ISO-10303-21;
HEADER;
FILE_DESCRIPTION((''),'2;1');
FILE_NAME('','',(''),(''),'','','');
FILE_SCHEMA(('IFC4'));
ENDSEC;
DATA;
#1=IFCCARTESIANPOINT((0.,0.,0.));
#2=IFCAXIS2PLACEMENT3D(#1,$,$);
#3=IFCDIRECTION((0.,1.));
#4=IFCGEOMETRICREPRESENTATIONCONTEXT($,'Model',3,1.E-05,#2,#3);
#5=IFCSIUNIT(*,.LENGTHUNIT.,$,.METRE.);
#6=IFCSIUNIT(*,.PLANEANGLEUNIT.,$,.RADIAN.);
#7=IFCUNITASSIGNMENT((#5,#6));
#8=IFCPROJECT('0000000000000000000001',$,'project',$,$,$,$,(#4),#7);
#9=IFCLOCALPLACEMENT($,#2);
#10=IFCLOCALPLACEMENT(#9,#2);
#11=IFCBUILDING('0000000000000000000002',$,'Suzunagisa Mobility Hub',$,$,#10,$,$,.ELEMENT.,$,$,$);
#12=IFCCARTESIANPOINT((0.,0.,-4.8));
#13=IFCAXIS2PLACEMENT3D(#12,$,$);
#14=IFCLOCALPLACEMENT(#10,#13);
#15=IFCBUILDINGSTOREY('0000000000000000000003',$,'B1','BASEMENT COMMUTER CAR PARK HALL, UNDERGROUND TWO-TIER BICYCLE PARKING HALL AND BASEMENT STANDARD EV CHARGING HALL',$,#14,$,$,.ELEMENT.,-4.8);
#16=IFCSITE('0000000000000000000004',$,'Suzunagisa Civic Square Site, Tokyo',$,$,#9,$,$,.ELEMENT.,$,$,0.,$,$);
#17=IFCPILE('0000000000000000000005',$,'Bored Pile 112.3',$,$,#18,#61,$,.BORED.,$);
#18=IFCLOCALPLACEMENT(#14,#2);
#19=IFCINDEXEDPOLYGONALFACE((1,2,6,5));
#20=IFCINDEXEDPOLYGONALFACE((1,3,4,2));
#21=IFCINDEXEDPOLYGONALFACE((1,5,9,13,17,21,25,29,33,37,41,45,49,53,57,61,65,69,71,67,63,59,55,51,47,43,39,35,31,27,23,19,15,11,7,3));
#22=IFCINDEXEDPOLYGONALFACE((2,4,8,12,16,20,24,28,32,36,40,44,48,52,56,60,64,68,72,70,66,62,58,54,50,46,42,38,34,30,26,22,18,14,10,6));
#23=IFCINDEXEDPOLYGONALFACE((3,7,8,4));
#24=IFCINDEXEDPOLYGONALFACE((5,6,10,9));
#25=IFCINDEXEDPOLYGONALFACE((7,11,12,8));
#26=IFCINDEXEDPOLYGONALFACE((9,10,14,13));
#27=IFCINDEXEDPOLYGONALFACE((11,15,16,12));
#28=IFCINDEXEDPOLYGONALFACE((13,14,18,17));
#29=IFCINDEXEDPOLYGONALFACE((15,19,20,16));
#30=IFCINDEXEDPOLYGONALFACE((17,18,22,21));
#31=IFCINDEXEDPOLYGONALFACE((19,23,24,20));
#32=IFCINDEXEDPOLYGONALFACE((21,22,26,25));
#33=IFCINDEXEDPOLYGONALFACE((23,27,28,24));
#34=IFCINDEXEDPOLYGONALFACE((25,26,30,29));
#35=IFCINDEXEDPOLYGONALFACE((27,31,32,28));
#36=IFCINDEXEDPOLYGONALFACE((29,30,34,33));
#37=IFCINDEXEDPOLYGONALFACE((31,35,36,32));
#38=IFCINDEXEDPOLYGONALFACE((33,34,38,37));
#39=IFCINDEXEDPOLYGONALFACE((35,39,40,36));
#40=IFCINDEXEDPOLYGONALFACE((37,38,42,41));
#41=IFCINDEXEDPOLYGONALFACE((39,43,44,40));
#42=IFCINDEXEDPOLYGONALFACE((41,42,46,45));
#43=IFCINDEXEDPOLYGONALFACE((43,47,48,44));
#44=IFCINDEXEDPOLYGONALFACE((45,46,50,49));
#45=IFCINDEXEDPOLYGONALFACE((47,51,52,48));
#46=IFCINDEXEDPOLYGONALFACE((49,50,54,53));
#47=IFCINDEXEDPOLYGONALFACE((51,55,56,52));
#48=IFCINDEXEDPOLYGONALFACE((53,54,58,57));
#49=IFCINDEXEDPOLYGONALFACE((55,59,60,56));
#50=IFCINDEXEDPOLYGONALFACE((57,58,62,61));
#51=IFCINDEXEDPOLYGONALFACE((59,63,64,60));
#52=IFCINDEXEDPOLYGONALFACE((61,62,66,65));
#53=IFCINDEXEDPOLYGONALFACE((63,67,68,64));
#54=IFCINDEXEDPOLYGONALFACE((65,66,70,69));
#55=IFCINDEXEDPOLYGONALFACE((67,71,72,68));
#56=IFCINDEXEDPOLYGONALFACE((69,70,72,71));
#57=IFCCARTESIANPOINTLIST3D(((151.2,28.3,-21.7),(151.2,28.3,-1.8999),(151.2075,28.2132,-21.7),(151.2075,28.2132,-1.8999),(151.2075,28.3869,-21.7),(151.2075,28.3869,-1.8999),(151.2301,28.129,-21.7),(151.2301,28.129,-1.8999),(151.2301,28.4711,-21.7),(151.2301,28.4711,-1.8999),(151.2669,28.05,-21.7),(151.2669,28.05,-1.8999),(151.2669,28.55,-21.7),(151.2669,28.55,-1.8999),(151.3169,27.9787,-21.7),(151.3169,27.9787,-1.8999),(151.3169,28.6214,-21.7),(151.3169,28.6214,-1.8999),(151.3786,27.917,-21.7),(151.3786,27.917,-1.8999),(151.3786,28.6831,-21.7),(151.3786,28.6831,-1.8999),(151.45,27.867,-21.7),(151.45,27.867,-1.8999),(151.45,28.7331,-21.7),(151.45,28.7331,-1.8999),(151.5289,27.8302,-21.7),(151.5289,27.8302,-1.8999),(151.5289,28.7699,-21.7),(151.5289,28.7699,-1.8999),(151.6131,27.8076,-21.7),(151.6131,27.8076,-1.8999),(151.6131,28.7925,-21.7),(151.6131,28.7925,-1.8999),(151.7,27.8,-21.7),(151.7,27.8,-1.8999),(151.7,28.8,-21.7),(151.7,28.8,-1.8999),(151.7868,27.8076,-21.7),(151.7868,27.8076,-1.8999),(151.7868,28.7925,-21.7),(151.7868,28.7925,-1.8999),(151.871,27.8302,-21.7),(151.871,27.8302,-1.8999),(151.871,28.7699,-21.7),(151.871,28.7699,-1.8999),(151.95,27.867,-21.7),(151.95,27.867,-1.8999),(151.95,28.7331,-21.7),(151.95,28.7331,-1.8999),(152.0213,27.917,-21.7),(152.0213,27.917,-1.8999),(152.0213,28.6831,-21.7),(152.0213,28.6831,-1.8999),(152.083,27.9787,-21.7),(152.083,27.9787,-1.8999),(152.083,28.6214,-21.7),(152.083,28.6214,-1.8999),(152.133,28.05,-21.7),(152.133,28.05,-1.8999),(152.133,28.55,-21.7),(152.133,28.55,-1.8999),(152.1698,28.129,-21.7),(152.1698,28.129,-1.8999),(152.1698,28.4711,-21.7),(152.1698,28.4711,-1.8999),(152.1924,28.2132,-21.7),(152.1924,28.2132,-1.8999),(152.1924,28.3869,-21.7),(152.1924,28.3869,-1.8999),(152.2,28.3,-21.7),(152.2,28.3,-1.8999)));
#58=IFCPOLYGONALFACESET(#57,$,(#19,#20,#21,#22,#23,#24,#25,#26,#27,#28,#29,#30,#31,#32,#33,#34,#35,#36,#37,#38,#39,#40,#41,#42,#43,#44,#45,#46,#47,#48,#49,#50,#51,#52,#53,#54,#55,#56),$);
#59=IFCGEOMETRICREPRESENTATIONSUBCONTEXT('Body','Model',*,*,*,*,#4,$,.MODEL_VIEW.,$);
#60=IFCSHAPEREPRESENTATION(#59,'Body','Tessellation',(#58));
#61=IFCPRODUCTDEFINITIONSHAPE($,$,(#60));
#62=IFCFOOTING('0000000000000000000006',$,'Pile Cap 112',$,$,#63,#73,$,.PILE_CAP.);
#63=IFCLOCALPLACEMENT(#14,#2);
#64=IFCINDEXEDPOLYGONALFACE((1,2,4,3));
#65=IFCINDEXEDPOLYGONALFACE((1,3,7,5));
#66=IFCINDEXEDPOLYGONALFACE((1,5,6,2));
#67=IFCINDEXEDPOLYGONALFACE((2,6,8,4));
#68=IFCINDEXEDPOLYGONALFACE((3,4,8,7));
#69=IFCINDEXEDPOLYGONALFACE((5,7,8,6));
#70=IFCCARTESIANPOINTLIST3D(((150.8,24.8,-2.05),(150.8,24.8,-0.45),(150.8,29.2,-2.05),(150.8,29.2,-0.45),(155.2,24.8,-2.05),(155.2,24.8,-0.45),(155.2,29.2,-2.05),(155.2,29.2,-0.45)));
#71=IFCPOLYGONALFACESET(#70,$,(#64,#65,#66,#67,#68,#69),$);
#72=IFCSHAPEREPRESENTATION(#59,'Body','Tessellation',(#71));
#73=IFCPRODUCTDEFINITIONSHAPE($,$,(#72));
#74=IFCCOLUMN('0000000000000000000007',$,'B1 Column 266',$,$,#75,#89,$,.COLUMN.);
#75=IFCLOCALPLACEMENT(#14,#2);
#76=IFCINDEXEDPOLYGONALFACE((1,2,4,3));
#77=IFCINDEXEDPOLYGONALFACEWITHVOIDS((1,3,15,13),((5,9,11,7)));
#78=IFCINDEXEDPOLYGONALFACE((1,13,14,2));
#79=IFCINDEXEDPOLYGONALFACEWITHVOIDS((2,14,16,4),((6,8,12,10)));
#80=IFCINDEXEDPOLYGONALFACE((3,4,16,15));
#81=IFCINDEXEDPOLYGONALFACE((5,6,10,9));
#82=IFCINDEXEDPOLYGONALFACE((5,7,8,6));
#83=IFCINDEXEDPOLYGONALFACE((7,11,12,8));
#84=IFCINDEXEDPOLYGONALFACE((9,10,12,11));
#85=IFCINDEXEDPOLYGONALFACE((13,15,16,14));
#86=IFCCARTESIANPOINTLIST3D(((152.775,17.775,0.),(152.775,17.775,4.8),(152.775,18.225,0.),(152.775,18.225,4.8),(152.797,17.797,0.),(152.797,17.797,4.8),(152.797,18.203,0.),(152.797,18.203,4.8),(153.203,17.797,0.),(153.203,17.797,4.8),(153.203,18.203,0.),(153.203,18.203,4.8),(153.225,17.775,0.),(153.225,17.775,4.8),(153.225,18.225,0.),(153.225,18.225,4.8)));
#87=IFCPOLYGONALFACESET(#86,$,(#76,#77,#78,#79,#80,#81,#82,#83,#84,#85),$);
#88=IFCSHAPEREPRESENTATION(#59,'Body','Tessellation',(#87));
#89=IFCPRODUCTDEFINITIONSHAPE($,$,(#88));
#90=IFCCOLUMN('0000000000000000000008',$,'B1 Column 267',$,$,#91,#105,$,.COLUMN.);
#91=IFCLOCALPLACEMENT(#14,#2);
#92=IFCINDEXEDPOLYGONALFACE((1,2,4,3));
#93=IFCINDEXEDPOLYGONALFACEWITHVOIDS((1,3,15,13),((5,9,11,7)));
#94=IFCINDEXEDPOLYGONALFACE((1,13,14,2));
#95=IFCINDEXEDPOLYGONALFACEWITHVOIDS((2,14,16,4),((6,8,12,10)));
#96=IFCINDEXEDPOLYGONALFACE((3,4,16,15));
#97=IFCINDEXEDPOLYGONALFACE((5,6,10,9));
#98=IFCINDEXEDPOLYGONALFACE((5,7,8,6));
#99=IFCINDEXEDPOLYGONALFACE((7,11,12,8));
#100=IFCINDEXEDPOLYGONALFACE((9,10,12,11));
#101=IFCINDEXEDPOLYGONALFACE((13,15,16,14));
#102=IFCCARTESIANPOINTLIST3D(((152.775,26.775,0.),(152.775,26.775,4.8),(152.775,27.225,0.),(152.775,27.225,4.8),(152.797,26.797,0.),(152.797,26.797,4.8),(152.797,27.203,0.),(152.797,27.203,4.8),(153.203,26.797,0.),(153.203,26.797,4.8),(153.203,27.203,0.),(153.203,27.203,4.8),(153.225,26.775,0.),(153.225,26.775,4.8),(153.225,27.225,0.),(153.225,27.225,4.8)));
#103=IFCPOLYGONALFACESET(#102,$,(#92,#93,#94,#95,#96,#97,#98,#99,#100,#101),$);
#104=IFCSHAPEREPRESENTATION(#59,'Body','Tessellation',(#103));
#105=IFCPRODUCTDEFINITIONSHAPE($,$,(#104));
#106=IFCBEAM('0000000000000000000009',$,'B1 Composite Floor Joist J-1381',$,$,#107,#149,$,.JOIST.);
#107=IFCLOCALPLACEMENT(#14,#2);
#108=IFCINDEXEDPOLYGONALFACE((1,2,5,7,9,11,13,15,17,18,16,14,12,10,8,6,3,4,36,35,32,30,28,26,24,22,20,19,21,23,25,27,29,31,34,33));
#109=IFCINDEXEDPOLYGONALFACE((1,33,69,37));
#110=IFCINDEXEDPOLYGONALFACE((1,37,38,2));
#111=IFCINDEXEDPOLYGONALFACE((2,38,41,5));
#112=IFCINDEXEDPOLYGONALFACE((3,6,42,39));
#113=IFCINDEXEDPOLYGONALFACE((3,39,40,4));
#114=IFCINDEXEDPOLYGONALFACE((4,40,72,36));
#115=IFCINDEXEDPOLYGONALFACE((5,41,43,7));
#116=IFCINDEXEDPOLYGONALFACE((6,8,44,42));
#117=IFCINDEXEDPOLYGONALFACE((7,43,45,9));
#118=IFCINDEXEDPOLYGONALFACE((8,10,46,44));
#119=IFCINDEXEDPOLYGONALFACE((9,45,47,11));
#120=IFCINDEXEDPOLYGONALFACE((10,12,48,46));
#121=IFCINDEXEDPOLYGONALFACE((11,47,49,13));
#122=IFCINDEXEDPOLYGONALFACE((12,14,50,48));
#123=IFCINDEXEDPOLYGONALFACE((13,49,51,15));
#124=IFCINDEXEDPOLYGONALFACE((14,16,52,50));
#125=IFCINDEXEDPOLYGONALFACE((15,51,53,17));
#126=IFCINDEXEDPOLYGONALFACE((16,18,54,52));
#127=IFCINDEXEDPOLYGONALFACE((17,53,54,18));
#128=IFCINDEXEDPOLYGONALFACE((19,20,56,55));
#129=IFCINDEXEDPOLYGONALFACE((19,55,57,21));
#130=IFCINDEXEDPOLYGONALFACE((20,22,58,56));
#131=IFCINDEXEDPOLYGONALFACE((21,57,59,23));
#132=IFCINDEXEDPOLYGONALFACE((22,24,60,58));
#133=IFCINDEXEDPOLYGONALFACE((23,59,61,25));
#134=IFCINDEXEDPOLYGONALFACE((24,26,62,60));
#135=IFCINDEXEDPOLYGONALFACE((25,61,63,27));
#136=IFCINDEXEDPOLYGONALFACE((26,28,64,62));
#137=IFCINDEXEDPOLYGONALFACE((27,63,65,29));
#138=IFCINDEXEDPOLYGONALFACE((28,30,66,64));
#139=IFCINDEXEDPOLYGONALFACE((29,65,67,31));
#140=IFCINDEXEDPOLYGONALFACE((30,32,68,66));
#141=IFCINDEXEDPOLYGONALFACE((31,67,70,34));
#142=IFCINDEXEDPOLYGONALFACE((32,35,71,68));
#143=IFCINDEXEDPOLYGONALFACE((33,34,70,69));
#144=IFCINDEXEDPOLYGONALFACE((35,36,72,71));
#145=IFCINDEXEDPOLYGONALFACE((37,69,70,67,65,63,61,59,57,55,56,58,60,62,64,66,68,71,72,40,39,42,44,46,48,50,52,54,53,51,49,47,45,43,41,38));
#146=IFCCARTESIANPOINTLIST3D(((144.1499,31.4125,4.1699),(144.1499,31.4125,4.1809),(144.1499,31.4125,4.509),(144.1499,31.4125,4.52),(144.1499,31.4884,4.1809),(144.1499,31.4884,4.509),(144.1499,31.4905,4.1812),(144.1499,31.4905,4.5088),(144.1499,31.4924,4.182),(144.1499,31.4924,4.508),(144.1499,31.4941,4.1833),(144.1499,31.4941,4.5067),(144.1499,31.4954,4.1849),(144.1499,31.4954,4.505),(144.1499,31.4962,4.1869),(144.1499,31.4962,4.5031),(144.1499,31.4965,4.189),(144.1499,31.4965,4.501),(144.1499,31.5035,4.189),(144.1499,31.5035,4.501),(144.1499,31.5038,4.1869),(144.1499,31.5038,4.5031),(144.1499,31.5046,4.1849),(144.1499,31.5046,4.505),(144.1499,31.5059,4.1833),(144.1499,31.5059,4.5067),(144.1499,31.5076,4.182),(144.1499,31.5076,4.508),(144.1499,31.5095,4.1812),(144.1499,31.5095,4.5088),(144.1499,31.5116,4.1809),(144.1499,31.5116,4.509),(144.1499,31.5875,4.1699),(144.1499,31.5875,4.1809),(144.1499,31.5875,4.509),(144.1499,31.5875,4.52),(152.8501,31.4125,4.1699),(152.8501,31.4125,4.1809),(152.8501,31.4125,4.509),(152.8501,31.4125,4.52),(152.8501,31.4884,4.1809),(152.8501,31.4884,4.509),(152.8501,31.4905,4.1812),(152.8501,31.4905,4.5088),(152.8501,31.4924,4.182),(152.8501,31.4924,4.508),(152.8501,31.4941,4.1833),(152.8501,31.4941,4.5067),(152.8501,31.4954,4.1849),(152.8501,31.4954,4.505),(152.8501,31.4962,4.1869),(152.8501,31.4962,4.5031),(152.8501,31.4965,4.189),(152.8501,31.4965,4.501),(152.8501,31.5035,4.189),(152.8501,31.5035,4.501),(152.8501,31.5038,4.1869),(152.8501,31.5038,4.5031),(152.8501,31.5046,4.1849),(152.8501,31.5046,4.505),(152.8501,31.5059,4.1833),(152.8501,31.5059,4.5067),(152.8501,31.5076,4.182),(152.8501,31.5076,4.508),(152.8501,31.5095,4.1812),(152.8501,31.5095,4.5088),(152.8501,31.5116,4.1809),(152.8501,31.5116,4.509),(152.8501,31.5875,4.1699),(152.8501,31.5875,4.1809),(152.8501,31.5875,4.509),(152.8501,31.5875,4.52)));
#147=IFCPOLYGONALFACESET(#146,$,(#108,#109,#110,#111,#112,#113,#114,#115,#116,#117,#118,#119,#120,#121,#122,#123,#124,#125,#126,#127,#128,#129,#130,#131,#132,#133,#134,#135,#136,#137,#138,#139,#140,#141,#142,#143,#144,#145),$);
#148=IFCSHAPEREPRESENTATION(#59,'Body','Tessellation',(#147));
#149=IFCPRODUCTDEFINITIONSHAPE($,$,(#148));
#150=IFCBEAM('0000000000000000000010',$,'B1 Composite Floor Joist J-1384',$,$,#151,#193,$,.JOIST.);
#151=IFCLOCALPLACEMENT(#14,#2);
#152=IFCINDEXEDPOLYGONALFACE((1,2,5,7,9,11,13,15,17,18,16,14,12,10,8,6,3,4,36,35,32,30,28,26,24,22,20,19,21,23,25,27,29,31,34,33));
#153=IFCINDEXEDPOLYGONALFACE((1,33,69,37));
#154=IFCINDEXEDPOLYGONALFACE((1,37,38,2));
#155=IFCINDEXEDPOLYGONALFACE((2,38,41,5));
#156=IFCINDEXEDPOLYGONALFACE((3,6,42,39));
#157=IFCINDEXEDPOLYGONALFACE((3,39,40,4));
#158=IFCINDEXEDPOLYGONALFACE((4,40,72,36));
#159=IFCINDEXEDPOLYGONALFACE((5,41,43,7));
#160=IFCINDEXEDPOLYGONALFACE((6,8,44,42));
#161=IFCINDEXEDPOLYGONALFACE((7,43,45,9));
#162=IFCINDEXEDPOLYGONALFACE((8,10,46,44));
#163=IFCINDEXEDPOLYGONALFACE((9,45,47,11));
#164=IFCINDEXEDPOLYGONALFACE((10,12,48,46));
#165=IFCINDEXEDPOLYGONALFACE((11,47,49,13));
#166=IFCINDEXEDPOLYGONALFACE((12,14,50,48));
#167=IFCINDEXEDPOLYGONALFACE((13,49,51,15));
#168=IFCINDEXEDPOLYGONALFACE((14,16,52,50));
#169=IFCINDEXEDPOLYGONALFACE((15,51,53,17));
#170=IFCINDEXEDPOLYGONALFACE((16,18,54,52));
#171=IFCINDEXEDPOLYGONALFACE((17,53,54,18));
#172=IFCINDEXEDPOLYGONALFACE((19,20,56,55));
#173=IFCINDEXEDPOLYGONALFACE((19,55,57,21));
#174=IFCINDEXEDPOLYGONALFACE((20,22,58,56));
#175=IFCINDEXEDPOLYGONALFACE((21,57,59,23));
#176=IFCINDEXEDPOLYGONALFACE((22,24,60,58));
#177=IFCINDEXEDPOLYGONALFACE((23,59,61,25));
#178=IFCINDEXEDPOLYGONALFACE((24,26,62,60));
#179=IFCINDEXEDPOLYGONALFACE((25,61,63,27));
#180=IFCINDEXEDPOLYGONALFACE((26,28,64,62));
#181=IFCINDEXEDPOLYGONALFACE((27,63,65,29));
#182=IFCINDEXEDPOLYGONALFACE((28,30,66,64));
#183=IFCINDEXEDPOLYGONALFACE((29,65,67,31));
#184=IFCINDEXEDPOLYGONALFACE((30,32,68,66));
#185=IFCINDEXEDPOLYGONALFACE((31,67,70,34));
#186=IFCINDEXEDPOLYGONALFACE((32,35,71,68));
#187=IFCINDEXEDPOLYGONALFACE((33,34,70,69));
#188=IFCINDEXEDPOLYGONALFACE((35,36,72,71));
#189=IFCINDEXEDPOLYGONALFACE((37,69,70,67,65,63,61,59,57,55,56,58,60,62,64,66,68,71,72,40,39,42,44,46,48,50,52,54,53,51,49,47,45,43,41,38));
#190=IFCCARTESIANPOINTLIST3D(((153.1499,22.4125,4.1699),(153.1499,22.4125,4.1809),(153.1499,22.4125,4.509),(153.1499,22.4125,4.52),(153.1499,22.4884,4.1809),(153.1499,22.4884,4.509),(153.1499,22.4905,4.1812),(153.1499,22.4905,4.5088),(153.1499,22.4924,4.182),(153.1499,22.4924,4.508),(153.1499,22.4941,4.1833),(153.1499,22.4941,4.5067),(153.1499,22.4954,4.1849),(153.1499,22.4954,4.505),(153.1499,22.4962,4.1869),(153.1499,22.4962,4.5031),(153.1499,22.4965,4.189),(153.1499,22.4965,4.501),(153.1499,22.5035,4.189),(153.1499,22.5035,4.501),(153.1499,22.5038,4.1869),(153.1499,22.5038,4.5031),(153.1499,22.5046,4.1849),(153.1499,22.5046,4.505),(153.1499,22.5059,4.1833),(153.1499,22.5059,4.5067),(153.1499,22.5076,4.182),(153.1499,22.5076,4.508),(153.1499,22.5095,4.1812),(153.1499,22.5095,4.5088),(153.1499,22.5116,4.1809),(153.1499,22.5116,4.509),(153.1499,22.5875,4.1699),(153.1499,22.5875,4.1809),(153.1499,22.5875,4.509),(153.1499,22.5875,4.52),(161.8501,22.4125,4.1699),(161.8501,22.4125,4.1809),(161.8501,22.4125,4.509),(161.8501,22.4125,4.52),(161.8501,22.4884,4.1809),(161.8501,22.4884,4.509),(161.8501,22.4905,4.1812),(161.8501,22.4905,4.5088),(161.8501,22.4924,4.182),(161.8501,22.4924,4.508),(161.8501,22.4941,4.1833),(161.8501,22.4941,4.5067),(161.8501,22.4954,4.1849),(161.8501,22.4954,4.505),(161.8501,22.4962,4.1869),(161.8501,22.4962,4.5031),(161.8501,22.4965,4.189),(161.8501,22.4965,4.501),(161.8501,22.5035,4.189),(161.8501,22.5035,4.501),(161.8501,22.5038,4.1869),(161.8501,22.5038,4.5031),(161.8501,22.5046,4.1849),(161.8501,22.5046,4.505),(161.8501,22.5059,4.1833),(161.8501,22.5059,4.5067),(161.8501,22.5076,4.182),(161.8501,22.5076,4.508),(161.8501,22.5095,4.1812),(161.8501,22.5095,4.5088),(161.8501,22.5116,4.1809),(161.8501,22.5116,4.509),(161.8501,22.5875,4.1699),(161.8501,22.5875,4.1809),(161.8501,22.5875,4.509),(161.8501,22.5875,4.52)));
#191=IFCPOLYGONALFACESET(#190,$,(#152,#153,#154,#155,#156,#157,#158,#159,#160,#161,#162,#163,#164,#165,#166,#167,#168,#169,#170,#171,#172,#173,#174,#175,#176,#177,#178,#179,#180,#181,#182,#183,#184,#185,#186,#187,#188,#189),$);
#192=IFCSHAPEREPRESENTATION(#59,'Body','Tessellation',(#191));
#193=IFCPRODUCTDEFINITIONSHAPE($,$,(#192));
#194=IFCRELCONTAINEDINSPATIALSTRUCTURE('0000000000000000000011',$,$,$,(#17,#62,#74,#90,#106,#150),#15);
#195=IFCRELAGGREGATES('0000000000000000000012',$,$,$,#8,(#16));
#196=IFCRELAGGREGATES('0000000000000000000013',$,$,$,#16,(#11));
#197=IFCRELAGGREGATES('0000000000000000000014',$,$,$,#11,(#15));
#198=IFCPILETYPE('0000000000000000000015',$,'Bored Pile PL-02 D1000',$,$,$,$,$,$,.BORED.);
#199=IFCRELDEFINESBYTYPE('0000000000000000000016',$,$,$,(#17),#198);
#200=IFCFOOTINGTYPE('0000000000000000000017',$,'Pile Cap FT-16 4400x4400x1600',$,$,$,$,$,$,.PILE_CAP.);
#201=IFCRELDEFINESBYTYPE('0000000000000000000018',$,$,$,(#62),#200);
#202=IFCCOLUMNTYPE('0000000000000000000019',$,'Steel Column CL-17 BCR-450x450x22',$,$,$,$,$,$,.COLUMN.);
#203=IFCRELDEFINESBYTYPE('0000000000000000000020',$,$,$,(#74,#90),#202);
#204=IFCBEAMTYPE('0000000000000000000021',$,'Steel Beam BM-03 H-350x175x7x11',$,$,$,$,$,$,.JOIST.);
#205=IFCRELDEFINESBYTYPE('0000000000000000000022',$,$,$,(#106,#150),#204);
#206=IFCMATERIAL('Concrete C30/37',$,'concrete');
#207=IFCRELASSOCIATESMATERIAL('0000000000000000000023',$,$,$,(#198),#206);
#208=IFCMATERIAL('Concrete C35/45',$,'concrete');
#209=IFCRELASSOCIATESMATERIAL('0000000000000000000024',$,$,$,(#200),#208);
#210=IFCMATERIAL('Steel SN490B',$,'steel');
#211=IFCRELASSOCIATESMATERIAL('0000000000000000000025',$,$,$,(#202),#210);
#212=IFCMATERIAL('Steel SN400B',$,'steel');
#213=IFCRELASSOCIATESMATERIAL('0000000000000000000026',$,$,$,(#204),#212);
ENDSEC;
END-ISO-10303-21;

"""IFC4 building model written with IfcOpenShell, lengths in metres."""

from ifc_helpers import new_model, si_unit, direction, frame, origin, origin_2d, place, context, subcontext, project, spatial, rectangle, hollow_rectangle, circle, i_section, extrude, material, material_profile, profile_set, type_object, element, save


model = new_model("IFC4")

# Units and contexts
model_context = context("Model", 3, precision=1e-05, world=origin(), true_north=direction((0.0, 1.0)))
body_context = subcontext(model_context, "Body", "Model", "MODEL_VIEW")
ifc_project = project(units=[si_unit("LENGTHUNIT", "METRE"), si_unit("PLANEANGLEUNIT", "RADIAN")], contexts=[model_context])

# Site, building, storey
site_placement = place(None, origin())
site = spatial("IfcSite", under=ifc_project, at=site_placement, Name="Suzunagisa Civic Square Site, Tokyo", CompositionType="ELEMENT", RefElevation=0.0)
building_placement = place(site_placement, origin())
building = spatial("IfcBuilding", under=site, at=building_placement, Name="Suzunagisa Mobility Hub", CompositionType="ELEMENT")
storey_placement = place(building_placement, frame((0.0, 0.0, -4.8)))
storey = spatial("IfcBuildingStorey", under=building, at=storey_placement, Name="B1", Description="BASEMENT COMMUTER CAR PARK HALL, UNDERGROUND TWO-TIER BICYCLE PARKING HALL AND BASEMENT STANDARD EV CHARGING HALL", CompositionType="ELEMENT", Elevation=-4.8)

# Pile
ifc_material_1 = material(Name="Concrete C30/37", Category="concrete")
ifc_material_profile_1 = material_profile(ifc_material_1, circle(Radius=0.5, at=origin_2d()), Name="BORED PILE D1000")
ifc_profile_set_1 = profile_set([ifc_material_profile_1], Name="Concrete C30/37")
pile_type_1 = type_object("IfcPileType", Name="Bored Pile PL-02 D1000", PredefinedType="BORED", material=ifc_profile_set_1)
for number, where, z_axis, x_axis, name in (
    (1, (151.7, 28.3, -1.8999), (0.0, 0.0, -1.0), (1.0, 0.0, 0.0), "Bored Pile 112.3"),
):
    element("IfcPile", number, at=place(storey_placement, frame(where, z_axis=z_axis, x_axis=x_axis)), inside=storey, type_object=pile_type_1, Name=name, PredefinedType="BORED", context=body_context, shape_type="SweptSolid", body=[
        extrude(circle(Radius=0.5, at=origin_2d()), origin(), (0.0, 0.0, 1.0), 19.8),
    ])

# Footing
ifc_material_2 = material(Name="Concrete C35/45", Category="concrete")
footing_type = type_object("IfcFootingType", Name="Pile Cap FT-16 4400x4400x1600", PredefinedType="PILE_CAP", material=ifc_material_2)
footing_placement = place(storey_placement, frame((153.0, 27.0, -2.05), z_axis=(0.0, 0.0, 1.0), x_axis=(1.0, 0.0, 0.0)))
element("IfcFooting", 2, at=footing_placement, inside=storey, type_object=footing_type, Name="Pile Cap 112", PredefinedType="PILE_CAP", context=body_context, shape_type="SweptSolid", body=[
    extrude(rectangle(XDim=4.3999, YDim=4.3999, at=origin_2d()), origin(), (0.0, 0.0, 1.0), 1.6001),
])

# Columns
ifc_material_3 = material(Name="Steel SN490B", Category="steel")
ifc_material_profile_2 = material_profile(ifc_material_3, hollow_rectangle(XDim=0.45, YDim=0.45, WallThickness=0.022, at=origin_2d()), Name="BCR-450x450x22")
ifc_profile_set_2 = profile_set([ifc_material_profile_2], Name="Steel SN490B")
column_type = type_object("IfcColumnType", Name="Steel Column CL-17 BCR-450x450x22", PredefinedType="COLUMN", material=ifc_profile_set_2)
for number, where, z_axis, x_axis, name in (
    (3, (153.0, 18.0, 0.0), (0.0, 0.0, 1.0), (1.0, 0.0, 0.0), "B1 Column 266"),
    (4, (153.0, 27.0, 0.0), (0.0, 0.0, 1.0), (1.0, 0.0, 0.0), "B1 Column 267"),
):
    element("IfcColumn", number, at=place(storey_placement, frame(where, z_axis=z_axis, x_axis=x_axis)), inside=storey, type_object=column_type, Name=name, PredefinedType="COLUMN", context=body_context, shape_type="SweptSolid", body=[
        extrude(hollow_rectangle(XDim=0.45, YDim=0.45, WallThickness=0.022, at=origin_2d()), origin(), (0.0, 0.0, 1.0), 4.8),
    ])

# Beams
ifc_material_4 = material(Name="Steel SN400B", Category="steel")
ifc_material_profile_3 = material_profile(ifc_material_4, i_section(OverallWidth=0.175, OverallDepth=0.3501, WebThickness=0.0071, FlangeThickness=0.011, FilletRadius=0.0081, at=origin_2d()), Name="H-350x175x7x11")
ifc_profile_set_3 = profile_set([ifc_material_profile_3], Name="Steel SN400B")
beam_type_1 = type_object("IfcBeamType", Name="Steel Beam BM-03 H-350x175x7x11", PredefinedType="JOIST", material=ifc_profile_set_3)
for number, where, z_axis, x_axis, name in (
    (5, (144.1499, 31.5, 4.345), (1.0, 0.0, 0.0), (0.0, 1.0, 0.0), "B1 Composite Floor Joist J-1381"),
    (6, (153.1499, 22.5, 4.345), (1.0, 0.0, 0.0), (0.0, 1.0, 0.0), "B1 Composite Floor Joist J-1384"),
):
    element("IfcBeam", number, at=place(storey_placement, frame(where, z_axis=z_axis, x_axis=x_axis)), inside=storey, type_object=beam_type_1, Name=name, PredefinedType="JOIST", context=body_context, shape_type="SweptSolid", body=[
        extrude(i_section(OverallWidth=0.175, OverallDepth=0.3501, WebThickness=0.0071, FlangeThickness=0.011, FilletRadius=0.0081, at=origin_2d()), origin(), (0.0, 0.0, 1.0), 8.7002),
    ])

save(model, "model.ifc")
